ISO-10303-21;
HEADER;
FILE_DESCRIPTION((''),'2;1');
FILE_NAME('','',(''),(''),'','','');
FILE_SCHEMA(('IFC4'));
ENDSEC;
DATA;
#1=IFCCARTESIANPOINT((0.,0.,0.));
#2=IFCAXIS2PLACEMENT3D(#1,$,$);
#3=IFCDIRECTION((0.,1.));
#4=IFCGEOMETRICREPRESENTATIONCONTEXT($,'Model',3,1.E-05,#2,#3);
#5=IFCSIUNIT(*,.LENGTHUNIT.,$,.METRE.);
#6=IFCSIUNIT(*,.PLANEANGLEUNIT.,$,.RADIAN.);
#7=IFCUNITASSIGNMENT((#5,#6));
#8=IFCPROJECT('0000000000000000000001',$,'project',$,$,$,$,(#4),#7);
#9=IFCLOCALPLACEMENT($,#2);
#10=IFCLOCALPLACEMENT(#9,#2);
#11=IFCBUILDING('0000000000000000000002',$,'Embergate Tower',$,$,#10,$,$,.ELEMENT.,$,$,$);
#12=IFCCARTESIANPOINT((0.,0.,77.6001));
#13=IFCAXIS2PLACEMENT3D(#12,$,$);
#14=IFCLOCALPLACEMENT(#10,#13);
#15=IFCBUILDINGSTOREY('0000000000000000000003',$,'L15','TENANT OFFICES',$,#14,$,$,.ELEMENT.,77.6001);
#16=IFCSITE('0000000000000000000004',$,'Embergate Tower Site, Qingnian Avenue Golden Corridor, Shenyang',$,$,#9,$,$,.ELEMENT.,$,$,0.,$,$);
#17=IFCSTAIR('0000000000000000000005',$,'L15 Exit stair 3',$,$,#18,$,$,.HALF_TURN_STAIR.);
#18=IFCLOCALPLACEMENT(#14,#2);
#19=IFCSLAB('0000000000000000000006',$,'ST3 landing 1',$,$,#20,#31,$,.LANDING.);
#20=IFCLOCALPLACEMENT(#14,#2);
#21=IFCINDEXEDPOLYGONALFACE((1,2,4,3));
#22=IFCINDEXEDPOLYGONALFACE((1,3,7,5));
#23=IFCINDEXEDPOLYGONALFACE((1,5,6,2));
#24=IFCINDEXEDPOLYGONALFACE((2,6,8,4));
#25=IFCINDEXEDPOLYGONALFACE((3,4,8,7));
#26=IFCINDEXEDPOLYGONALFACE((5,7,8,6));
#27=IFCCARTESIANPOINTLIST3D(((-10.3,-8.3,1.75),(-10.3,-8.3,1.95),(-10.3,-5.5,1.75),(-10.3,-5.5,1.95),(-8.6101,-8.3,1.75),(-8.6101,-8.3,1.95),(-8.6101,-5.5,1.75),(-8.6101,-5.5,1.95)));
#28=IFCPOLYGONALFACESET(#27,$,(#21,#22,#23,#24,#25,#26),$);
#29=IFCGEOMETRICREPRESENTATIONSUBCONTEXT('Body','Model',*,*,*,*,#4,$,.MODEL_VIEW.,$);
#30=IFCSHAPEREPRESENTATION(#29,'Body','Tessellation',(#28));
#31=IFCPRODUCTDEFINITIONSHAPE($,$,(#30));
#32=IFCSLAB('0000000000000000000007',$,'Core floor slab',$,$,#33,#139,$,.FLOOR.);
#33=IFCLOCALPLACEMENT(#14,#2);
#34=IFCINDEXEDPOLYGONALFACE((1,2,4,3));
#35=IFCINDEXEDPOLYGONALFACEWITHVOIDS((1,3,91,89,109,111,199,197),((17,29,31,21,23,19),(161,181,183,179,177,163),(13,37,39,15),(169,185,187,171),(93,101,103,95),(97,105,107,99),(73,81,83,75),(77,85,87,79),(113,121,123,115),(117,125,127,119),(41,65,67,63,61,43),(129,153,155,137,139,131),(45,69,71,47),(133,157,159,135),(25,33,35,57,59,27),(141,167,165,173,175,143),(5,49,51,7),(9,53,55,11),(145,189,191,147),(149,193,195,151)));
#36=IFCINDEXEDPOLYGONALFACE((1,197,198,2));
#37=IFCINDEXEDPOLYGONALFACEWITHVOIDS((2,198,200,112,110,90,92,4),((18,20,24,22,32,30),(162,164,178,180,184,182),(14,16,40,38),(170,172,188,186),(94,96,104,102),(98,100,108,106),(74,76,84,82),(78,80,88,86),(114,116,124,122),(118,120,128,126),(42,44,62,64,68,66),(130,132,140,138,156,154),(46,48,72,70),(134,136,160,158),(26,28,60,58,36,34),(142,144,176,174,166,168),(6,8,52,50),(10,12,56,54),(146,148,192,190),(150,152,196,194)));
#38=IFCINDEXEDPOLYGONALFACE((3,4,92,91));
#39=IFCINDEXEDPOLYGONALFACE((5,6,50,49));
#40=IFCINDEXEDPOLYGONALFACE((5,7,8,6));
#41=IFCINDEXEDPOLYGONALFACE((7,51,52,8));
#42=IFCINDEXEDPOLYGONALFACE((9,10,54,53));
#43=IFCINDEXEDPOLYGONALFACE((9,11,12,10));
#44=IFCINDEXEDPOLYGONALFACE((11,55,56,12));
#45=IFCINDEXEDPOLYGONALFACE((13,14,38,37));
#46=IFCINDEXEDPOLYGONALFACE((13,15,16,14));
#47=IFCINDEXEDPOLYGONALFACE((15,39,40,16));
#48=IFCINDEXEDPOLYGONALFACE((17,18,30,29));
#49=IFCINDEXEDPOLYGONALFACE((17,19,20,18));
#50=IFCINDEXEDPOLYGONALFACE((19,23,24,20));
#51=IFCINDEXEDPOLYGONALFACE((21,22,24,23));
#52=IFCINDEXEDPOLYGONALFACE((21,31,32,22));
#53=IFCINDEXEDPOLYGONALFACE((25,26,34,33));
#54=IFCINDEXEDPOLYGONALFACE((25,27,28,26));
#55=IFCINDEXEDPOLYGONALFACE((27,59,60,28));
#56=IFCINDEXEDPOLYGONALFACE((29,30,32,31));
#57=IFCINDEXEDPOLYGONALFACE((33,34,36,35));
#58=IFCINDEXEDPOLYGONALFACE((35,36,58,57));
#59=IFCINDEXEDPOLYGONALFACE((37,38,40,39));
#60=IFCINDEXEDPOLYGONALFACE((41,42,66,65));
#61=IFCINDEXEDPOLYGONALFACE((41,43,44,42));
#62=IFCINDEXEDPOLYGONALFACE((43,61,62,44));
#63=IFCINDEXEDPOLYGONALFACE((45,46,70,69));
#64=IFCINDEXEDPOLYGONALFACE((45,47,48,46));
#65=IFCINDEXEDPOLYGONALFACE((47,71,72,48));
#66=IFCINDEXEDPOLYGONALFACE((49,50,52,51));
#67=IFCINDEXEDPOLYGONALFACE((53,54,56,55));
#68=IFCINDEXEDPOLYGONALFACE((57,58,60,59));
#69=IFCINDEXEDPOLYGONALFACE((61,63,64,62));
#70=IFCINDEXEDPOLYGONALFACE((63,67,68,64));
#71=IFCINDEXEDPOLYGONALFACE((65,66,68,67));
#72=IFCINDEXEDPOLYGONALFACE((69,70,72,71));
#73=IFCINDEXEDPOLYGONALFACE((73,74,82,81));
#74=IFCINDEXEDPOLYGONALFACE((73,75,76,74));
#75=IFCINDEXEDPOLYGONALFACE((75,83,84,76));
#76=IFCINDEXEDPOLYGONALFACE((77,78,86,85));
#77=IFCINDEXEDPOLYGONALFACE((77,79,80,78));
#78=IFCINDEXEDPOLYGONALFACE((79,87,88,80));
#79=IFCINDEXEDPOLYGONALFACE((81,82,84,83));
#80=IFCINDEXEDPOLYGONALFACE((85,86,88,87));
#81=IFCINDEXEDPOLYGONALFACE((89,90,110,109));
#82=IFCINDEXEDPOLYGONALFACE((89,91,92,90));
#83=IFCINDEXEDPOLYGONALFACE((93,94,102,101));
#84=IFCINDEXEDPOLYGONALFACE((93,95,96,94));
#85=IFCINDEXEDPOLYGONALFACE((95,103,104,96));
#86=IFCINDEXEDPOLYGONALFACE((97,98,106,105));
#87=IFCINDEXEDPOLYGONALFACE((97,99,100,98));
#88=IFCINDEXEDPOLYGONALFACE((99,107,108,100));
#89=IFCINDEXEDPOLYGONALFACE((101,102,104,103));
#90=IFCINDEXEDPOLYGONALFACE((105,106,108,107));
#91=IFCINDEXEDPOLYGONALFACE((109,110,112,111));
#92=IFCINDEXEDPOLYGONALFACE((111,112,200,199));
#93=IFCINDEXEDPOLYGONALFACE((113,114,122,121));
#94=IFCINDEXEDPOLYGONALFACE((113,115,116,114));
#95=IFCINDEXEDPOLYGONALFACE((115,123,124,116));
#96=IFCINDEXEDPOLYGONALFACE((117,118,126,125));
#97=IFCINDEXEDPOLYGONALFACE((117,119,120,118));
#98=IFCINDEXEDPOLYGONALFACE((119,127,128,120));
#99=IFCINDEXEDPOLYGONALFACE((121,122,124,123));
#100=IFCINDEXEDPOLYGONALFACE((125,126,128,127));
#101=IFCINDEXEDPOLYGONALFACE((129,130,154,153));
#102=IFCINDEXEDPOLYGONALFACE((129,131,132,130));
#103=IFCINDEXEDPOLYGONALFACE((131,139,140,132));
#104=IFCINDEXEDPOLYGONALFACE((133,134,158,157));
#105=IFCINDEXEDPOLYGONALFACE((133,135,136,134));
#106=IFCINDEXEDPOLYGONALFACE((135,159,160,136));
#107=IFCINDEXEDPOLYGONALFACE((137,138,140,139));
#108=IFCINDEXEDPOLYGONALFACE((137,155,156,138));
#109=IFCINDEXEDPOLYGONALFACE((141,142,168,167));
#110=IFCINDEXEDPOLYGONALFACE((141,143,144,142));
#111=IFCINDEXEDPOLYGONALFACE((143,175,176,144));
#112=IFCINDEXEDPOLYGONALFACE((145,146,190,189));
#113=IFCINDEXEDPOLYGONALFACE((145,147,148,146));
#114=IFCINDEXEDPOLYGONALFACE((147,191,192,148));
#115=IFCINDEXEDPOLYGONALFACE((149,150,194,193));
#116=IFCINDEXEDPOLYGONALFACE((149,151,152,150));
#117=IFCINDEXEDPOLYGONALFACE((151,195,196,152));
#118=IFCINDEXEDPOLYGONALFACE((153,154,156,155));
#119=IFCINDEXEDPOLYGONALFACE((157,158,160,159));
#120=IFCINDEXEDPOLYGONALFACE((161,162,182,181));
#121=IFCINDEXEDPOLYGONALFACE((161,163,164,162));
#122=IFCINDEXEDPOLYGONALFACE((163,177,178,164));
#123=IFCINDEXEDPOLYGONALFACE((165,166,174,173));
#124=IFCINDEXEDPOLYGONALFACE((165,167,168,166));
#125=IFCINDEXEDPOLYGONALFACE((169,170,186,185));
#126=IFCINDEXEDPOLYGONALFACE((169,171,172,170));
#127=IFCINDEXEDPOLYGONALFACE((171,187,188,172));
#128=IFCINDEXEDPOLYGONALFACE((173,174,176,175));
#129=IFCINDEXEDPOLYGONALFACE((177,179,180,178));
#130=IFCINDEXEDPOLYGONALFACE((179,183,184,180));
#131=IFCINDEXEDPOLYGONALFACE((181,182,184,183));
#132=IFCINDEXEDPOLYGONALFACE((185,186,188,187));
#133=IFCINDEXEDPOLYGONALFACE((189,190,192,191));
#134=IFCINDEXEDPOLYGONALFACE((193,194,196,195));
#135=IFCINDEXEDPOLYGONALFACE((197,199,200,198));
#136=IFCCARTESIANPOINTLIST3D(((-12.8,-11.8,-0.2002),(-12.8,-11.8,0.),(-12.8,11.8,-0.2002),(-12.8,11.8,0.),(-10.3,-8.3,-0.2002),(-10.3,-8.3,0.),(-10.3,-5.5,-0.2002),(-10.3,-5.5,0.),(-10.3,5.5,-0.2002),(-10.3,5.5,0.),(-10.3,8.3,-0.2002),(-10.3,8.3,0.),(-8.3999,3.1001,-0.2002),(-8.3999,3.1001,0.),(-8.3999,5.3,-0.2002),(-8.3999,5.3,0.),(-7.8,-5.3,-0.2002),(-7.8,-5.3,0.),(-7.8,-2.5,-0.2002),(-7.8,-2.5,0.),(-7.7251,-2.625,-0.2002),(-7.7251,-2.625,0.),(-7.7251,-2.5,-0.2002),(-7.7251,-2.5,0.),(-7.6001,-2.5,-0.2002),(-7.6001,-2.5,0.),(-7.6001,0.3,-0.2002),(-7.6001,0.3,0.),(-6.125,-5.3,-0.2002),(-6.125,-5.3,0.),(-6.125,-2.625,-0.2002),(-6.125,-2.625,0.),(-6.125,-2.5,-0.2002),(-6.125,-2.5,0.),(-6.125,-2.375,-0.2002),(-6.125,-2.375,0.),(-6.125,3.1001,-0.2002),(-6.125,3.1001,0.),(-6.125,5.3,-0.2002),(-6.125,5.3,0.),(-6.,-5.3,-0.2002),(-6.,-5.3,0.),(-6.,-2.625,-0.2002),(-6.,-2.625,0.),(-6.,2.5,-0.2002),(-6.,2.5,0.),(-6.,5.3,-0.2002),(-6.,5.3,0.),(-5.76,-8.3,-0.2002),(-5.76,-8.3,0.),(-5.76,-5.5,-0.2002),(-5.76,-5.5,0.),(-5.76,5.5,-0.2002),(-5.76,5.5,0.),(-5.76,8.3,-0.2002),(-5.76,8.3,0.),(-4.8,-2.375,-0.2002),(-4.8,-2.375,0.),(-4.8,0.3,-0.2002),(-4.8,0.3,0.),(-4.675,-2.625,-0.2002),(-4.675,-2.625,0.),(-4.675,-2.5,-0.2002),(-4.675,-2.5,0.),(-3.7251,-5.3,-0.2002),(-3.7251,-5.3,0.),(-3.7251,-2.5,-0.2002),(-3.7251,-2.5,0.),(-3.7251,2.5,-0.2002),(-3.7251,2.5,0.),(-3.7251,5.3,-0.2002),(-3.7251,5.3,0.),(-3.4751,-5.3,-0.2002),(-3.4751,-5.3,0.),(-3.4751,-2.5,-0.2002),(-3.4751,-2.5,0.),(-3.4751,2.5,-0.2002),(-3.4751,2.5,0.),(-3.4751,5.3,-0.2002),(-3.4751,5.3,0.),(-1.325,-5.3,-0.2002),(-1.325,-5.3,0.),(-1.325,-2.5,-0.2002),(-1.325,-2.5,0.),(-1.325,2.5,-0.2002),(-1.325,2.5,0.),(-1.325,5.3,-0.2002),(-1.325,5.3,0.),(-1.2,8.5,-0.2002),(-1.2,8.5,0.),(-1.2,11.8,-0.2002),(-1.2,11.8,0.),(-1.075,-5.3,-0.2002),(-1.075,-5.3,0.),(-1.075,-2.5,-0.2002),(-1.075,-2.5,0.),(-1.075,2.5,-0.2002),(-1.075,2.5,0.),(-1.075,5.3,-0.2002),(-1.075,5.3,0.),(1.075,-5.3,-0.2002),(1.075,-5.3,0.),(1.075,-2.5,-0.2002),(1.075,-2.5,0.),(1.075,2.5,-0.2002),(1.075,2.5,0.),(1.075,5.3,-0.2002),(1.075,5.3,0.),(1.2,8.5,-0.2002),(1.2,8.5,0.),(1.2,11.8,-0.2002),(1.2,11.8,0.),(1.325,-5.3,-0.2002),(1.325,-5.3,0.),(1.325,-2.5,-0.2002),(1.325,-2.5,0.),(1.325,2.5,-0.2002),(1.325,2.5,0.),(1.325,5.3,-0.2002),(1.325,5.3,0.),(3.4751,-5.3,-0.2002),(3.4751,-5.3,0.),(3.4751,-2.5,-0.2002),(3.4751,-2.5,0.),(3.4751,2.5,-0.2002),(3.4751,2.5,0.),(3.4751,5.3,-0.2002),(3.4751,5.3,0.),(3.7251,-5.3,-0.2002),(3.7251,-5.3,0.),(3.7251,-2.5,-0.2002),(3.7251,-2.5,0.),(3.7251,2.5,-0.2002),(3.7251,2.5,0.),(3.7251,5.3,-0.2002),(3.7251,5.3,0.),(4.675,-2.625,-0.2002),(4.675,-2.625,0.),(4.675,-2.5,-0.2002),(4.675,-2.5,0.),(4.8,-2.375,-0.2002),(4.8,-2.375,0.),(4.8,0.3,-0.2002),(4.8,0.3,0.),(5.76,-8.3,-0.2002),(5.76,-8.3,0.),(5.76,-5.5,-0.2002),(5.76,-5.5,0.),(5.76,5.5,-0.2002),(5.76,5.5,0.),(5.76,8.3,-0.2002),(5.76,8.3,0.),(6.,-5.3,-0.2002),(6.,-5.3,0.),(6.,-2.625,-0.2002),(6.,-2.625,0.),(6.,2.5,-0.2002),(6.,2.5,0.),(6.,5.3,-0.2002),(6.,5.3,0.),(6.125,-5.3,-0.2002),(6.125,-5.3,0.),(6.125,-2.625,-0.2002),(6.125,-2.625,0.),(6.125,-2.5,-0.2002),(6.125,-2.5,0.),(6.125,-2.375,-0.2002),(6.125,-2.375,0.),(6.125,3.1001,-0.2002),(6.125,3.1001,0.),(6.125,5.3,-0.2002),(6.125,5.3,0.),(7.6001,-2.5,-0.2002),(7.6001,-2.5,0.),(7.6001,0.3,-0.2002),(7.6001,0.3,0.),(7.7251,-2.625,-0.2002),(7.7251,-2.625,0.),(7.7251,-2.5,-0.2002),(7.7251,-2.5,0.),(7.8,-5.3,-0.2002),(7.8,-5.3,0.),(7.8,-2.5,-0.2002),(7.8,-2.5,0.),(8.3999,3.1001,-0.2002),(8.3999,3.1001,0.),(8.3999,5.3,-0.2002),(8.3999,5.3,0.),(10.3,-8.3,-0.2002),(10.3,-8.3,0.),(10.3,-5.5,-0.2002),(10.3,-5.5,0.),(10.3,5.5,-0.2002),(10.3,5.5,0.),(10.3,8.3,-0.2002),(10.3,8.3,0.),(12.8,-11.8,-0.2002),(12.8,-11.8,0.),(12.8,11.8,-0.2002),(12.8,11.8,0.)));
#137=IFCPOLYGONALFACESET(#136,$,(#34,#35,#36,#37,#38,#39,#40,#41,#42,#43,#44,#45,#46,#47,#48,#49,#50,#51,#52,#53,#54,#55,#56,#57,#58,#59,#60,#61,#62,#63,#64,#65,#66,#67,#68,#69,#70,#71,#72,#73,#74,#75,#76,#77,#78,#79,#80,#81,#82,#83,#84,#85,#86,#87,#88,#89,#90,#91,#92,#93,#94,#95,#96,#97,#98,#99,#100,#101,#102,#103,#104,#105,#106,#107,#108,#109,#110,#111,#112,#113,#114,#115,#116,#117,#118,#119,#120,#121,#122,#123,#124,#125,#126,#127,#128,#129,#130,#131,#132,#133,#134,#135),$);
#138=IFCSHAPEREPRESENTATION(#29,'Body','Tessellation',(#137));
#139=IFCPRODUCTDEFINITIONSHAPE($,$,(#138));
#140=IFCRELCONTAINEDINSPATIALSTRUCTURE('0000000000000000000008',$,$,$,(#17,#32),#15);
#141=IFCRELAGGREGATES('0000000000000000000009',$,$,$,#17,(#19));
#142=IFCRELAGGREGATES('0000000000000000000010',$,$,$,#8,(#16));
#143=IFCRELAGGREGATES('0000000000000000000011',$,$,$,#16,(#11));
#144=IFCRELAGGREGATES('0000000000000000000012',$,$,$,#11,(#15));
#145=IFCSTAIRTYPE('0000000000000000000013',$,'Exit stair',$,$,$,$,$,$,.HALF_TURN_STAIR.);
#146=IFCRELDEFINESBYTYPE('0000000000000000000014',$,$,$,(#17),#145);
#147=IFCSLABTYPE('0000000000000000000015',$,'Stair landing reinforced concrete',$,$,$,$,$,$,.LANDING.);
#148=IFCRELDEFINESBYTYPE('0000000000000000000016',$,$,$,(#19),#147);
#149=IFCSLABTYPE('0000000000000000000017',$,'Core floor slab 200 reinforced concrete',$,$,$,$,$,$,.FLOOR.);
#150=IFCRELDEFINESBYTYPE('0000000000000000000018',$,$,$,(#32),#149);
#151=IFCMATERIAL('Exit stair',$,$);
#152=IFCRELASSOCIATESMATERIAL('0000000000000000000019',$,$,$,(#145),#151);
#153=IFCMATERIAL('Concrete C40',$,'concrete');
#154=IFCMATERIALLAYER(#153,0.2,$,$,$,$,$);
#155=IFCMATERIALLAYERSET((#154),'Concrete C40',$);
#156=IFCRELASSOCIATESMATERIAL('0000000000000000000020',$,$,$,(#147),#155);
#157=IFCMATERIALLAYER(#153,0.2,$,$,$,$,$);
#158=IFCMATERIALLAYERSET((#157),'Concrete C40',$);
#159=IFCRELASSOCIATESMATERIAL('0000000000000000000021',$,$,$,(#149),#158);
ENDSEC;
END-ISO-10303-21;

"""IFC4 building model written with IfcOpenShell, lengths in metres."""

from ifc_helpers import new_model, si_unit, direction, frame, origin, place, context, subcontext, project, spatial, polyline, outline, extrude, source, transform, mapped, material, layer, layer_set, type_object, element, aggregate, save


model = new_model("IFC4")

# Units and contexts
model_context = context("Model", 3, precision=1e-05, world=origin(), true_north=direction((0.0, 1.0)))
body_context = subcontext(model_context, "Body", "Model", "MODEL_VIEW")
ifc_project = project(units=[si_unit("LENGTHUNIT", "METRE"), si_unit("PLANEANGLEUNIT", "RADIAN")], contexts=[model_context])

# Site, building, storey
site_placement = place(None, origin())
site = spatial("IfcSite", under=ifc_project, at=site_placement, Name="Embergate Tower Site, Qingnian Avenue Golden Corridor, Shenyang", CompositionType="ELEMENT", RefElevation=0.0)
building_placement = place(site_placement, origin())
building = spatial("IfcBuilding", under=site, at=building_placement, Name="Embergate Tower", CompositionType="ELEMENT")
storey_placement = place(building_placement, frame((0.0, 0.0, 77.6001)))
storey = spatial("IfcBuildingStorey", under=building, at=storey_placement, Name="L15", Description="TENANT OFFICES", CompositionType="ELEMENT", Elevation=77.6001)

# Stair, slab
ifc_material_1 = material(Name="Exit stair")
stair_type = type_object("IfcStairType", Name="Exit stair", PredefinedType="HALF_TURN_STAIR", material=ifc_material_1)
stair_placement = place(storey_placement, origin())
stair = element("IfcStair", 1, at=stair_placement, inside=storey, type_object=stair_type, Name="L15 Exit stair 3", PredefinedType="HALF_TURN_STAIR")
ifc_material_2 = material(Name="Concrete C40", Category="concrete")
ifc_layer_1 = layer(ifc_material_2, 0.2)
ifc_layer_set_1 = layer_set([ifc_layer_1], Name="Concrete C40")
slab_type_1 = type_object("IfcSlabType", Name="Stair landing reinforced concrete", PredefinedType="LANDING", material=ifc_layer_set_1)
shared_shape_1 = source(origin(), body_context, "Body", "SweptSolid", [
    extrude(outline(polyline([(0.0, 0.0), (1.6899, 0.0), (1.6899, 2.8), (0.0, 2.8), (0.0, 0.0)])), origin(), (0.0, 0.0, 1.0), 0.2),
])
slab_1_placement = place(storey_placement, frame((-10.3, -8.3, 1.75)))
slab_1 = element("IfcSlab", 2, at=slab_1_placement, type_object=slab_type_1, Name="ST3 landing 1", PredefinedType="LANDING", context=body_context, shape_type="MappedRepresentation", body=[
    mapped(shared_shape_1, transform((0.0, 0.0, 0.0))),
])

# Slab
ifc_layer_2 = layer(ifc_material_2, 0.2)
ifc_layer_set_2 = layer_set([ifc_layer_2], Name="Concrete C40")
slab_type_2 = type_object("IfcSlabType", Name="Core floor slab 200 reinforced concrete", PredefinedType="FLOOR", material=ifc_layer_set_2)
shared_shape_2 = source(origin(), body_context, "Body", "SweptSolid", [
    extrude(outline(polyline([(0.0, 0.0), (25.6001, 0.0), (25.6001, 23.6001), (14.0, 23.6001), (14.0, 20.3), (11.6001, 20.3), (11.6001, 23.6001), (0.0, 23.6001), (0.0, 0.0)]), holes=[polyline([(2.5, 3.5), (2.5, 6.3), (7.04, 6.3), (7.04, 3.5), (2.5, 3.5)]), polyline([(18.5601, 3.5), (18.5601, 6.3), (23.1001, 6.3), (23.1001, 3.5), (18.5601, 3.5)]), polyline([(5.0, 6.5), (5.0, 9.3), (5.075, 9.3), (5.075, 9.175), (6.675, 9.175), (6.675, 6.5), (5.0, 6.5)]), polyline([(6.8, 6.5), (6.8, 9.175), (8.125, 9.175), (8.125, 9.3), (9.075, 9.3), (9.075, 6.5), (6.8, 6.5)]), polyline([(9.325, 6.5), (9.325, 9.3), (11.4751, 9.3), (11.4751, 6.5), (9.325, 6.5)]), polyline([(11.7251, 6.5), (11.7251, 9.3), (13.875, 9.3), (13.875, 6.5), (11.7251, 6.5)]), polyline([(14.125, 6.5), (14.125, 9.3), (16.2751, 9.3), (16.2751, 6.5), (14.125, 6.5)]), polyline([(16.5251, 6.5), (16.5251, 9.3), (17.4751, 9.3), (17.4751, 9.175), (18.8, 9.175), (18.8, 6.5), (16.5251, 6.5)]), polyline([(18.925, 6.5), (18.925, 9.175), (20.5251, 9.175), (20.5251, 9.3), (20.6001, 9.3), (20.6001, 6.5), (18.925, 6.5)]), polyline([(5.2, 9.3), (5.2, 12.1001), (8.0, 12.1001), (8.0, 9.425), (6.675, 9.425), (6.675, 9.3), (5.2, 9.3)]), polyline([(18.925, 9.3), (18.925, 9.425), (17.6001, 9.425), (17.6001, 12.1001), (20.4001, 12.1001), (20.4001, 9.3), (18.925, 9.3)]), polyline([(6.8, 14.3), (6.8, 17.1001), (9.075, 17.1001), (9.075, 14.3), (6.8, 14.3)]), polyline([(9.325, 14.3), (9.325, 17.1001), (11.4751, 17.1001), (11.4751, 14.3), (9.325, 14.3)]), polyline([(11.7251, 14.3), (11.7251, 17.1001), (13.875, 17.1001), (13.875, 14.3), (11.7251, 14.3)]), polyline([(14.125, 14.3), (14.125, 17.1001), (16.2751, 17.1001), (16.2751, 14.3), (14.125, 14.3)]), polyline([(16.5251, 14.3), (16.5251, 17.1001), (18.8, 17.1001), (18.8, 14.3), (16.5251, 14.3)]), polyline([(4.4001, 14.9001), (4.4001, 17.1001), (6.675, 17.1001), (6.675, 14.9001), (4.4001, 14.9001)]), polyline([(18.925, 14.9001), (18.925, 17.1001), (21.2, 17.1001), (21.2, 14.9001), (18.925, 14.9001)]), polyline([(2.5, 17.3), (2.5, 20.1001), (7.04, 20.1001), (7.04, 17.3), (2.5, 17.3)]), polyline([(18.5601, 17.3), (18.5601, 20.1001), (23.1001, 20.1001), (23.1001, 17.3), (18.5601, 17.3)])]), origin(), (0.0, 0.0, 1.0), 0.2002),
])
slab_2_placement = place(storey_placement, frame((-12.8, -11.8, -0.2002)))
element("IfcSlab", 3, at=slab_2_placement, inside=storey, type_object=slab_type_2, Name="Core floor slab", PredefinedType="FLOOR", context=body_context, shape_type="MappedRepresentation", body=[
    mapped(shared_shape_2, transform((0.0, 0.0, 0.0))),
])

aggregate(stair, [slab_1])

save(model, "model.ifc")
